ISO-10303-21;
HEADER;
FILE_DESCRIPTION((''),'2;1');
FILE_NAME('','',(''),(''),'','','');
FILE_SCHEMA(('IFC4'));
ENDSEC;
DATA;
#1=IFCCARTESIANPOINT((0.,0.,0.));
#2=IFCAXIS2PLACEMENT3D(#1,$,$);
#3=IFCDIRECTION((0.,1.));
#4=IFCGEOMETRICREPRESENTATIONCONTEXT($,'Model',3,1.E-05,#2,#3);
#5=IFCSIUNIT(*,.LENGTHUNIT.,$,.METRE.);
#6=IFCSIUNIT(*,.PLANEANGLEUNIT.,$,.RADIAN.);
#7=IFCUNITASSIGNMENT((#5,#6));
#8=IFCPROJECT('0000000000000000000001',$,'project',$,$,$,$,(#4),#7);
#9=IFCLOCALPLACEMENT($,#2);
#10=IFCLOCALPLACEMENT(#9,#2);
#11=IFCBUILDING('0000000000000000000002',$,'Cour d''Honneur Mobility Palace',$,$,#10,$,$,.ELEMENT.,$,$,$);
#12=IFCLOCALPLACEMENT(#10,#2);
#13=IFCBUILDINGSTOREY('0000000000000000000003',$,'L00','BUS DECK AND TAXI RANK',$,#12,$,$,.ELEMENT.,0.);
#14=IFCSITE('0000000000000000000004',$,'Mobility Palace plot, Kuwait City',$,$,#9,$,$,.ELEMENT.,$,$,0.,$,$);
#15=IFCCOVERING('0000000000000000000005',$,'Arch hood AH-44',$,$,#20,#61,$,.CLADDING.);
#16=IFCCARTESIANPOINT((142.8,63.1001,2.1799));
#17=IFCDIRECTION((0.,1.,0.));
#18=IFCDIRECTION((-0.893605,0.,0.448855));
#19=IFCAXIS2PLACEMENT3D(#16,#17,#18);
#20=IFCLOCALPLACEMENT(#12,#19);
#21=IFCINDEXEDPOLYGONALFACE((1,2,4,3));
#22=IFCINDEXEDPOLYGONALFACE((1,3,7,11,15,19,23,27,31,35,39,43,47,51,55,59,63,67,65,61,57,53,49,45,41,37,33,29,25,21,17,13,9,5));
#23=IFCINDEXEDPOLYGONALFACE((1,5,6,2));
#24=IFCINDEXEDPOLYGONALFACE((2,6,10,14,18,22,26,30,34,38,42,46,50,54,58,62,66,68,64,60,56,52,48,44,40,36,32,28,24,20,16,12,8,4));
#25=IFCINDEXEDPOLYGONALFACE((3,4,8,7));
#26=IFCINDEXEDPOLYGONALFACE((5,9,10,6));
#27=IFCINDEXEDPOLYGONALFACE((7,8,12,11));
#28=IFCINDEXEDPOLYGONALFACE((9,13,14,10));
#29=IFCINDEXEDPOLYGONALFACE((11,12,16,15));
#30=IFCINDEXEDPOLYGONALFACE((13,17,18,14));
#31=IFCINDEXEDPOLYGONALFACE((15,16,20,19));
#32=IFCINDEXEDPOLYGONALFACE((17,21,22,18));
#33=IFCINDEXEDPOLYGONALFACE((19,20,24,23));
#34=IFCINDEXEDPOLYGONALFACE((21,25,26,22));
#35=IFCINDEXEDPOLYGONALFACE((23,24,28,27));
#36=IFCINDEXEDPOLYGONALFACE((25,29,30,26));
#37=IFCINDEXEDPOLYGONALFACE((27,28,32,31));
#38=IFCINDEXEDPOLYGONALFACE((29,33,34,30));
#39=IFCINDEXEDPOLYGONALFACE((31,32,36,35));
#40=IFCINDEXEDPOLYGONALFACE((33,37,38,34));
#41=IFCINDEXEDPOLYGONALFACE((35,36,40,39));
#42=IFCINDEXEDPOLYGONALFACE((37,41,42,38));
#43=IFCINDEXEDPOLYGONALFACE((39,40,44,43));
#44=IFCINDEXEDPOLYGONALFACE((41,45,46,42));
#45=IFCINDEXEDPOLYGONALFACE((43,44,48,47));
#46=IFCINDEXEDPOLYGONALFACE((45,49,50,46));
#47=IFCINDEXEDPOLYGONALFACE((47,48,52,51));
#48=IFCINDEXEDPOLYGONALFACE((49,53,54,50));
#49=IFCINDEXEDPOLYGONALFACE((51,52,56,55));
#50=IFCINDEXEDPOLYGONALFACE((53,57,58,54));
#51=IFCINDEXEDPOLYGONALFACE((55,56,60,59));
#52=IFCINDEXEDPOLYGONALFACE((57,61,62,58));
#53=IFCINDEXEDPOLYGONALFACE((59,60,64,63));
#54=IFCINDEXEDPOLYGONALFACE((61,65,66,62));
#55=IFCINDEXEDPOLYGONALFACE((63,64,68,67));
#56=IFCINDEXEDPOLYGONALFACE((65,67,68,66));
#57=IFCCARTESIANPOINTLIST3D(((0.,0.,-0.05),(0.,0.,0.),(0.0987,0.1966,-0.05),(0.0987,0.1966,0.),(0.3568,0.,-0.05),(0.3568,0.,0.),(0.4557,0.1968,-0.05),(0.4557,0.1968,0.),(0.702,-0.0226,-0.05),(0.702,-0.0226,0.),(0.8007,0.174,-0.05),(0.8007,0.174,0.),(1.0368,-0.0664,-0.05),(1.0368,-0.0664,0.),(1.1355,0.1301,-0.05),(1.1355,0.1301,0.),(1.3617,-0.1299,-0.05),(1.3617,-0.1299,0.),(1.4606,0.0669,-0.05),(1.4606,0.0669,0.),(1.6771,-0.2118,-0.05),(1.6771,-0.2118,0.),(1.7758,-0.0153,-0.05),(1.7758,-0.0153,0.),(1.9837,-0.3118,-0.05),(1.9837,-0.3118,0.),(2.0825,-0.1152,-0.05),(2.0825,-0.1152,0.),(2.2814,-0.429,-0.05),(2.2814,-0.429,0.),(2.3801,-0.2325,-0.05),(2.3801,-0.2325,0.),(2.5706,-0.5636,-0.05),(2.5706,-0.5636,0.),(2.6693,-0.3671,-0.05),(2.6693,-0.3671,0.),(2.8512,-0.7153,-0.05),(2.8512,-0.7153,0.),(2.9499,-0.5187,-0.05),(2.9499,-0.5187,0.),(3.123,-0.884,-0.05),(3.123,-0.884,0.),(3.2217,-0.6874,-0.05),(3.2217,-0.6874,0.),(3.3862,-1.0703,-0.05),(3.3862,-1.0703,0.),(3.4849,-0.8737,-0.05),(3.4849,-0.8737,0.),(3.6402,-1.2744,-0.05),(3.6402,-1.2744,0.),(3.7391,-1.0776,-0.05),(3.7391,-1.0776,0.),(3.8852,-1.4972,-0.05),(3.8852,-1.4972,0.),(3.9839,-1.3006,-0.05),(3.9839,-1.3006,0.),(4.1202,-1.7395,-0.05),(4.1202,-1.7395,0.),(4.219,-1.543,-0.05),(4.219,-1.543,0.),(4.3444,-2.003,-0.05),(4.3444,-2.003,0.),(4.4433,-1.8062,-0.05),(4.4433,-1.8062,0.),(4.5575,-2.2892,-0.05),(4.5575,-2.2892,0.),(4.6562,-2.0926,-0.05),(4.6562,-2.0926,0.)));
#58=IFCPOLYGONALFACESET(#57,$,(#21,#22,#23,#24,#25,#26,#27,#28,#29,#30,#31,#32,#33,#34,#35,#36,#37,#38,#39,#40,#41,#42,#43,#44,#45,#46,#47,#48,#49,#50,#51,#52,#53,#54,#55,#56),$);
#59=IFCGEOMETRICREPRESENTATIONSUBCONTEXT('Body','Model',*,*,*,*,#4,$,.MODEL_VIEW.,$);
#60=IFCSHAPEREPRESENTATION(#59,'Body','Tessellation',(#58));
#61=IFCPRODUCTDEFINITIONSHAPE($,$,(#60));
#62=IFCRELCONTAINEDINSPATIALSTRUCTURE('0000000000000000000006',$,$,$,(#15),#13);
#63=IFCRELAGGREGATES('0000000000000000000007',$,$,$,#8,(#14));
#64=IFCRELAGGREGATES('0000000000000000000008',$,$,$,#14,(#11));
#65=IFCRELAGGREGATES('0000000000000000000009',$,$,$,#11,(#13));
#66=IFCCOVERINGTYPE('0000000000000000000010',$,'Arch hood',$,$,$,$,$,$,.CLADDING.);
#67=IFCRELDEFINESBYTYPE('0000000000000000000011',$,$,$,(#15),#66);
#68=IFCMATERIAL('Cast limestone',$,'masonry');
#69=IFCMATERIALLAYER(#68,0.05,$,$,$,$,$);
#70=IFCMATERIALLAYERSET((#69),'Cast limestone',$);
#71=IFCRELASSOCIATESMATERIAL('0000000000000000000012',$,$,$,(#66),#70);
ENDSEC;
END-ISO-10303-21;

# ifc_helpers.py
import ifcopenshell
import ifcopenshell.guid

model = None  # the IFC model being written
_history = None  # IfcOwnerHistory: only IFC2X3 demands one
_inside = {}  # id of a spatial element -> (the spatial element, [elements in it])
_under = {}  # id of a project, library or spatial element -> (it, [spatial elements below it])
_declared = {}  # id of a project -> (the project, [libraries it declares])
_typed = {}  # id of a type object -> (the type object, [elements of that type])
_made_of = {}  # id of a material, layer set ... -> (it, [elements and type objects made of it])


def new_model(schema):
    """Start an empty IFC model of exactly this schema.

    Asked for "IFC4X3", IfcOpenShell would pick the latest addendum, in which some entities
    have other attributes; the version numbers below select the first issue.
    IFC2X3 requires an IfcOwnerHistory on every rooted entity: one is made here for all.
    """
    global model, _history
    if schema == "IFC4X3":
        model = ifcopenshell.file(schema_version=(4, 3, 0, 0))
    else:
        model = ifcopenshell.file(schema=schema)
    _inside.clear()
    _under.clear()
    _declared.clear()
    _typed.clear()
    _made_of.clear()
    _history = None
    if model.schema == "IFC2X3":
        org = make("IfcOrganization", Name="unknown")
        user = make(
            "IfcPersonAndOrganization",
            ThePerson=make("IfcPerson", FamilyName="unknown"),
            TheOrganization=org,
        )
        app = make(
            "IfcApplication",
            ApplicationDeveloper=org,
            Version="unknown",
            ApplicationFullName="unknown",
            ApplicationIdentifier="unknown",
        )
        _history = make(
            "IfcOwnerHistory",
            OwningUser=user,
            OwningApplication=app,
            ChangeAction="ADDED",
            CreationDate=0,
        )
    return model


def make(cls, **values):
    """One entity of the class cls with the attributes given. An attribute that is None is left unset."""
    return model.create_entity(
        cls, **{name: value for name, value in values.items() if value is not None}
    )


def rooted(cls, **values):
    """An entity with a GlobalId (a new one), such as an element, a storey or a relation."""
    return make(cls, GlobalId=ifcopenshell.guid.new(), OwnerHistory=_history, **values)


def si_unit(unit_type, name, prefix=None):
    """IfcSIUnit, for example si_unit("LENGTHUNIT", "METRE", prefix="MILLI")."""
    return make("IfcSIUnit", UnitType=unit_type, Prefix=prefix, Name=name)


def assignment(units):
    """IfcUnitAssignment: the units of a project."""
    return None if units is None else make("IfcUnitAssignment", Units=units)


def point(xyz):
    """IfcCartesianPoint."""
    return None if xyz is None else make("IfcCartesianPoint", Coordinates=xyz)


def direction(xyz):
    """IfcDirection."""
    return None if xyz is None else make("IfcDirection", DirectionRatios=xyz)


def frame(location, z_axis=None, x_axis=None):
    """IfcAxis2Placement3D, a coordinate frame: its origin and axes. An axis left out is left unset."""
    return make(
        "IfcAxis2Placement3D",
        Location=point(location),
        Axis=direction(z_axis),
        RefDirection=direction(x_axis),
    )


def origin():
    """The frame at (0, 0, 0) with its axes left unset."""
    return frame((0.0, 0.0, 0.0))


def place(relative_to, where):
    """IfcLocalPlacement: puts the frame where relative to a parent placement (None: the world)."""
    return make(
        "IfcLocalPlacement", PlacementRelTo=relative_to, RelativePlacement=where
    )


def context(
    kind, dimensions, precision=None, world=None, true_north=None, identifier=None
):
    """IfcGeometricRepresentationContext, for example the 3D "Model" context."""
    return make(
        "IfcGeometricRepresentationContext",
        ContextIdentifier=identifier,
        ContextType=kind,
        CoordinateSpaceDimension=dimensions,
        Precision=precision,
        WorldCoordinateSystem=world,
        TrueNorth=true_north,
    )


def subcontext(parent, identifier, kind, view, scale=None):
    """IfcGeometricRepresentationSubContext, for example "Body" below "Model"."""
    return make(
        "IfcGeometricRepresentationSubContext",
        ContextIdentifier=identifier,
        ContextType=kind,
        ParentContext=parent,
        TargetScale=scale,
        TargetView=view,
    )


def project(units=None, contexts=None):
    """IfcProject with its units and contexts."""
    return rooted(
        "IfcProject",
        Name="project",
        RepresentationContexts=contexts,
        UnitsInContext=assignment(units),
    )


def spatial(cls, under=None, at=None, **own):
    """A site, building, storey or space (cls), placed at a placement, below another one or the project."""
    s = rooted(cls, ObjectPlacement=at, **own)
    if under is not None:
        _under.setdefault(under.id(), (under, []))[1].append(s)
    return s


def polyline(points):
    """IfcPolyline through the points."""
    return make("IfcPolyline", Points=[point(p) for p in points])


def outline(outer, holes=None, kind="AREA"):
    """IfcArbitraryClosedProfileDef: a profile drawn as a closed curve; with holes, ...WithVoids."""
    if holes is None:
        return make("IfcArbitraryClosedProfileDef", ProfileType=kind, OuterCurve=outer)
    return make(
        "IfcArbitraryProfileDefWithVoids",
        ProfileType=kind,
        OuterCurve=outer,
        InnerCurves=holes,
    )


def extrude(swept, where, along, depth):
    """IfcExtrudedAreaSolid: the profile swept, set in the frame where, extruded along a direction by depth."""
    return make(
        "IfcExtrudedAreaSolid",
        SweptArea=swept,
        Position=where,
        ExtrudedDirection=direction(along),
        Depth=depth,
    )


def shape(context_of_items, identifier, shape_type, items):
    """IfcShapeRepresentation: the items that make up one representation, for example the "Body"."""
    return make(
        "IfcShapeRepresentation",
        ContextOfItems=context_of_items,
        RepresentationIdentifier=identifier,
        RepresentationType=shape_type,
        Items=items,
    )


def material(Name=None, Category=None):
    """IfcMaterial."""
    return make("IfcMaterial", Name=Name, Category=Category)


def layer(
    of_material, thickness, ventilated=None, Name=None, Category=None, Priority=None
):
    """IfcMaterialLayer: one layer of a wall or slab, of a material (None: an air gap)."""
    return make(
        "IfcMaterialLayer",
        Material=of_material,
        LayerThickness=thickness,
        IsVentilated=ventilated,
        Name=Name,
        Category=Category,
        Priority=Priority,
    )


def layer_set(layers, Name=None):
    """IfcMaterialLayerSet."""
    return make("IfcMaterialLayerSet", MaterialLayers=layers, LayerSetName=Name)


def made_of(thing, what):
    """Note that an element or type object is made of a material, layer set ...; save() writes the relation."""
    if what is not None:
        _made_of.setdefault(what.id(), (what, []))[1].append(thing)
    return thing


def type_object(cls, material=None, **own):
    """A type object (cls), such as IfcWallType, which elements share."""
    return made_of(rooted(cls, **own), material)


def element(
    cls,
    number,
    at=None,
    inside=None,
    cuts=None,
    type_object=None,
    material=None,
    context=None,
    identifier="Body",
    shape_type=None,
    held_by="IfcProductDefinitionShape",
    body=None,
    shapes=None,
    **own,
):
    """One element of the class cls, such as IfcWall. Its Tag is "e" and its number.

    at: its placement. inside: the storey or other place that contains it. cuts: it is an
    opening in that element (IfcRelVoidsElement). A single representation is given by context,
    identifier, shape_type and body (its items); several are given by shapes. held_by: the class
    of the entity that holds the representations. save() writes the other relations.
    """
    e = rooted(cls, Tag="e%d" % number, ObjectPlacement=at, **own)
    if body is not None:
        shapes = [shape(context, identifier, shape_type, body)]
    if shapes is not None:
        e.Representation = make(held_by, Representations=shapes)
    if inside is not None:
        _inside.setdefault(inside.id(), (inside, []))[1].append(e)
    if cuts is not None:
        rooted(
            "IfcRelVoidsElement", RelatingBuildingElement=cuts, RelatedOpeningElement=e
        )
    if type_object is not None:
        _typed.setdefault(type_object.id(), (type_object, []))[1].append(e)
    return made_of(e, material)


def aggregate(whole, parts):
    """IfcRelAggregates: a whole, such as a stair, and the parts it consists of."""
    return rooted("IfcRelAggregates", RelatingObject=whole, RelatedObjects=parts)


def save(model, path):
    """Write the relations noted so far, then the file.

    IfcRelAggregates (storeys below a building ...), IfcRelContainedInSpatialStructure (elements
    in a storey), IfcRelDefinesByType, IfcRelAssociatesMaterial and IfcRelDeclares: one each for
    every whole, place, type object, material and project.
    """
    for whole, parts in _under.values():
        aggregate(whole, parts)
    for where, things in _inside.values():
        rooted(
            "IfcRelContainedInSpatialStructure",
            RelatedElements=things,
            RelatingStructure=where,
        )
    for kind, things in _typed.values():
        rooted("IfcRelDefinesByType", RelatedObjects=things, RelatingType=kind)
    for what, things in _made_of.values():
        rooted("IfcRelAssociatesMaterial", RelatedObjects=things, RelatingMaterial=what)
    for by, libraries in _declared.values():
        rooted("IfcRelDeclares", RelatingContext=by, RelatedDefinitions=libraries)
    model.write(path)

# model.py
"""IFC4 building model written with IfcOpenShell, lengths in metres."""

from ifc_helpers import new_model, si_unit, direction, frame, origin, place, context, subcontext, project, spatial, polyline, outline, extrude, material, layer, layer_set, type_object, element, save


model = new_model("IFC4")

# Units and contexts
model_context = context("Model", 3, precision=1e-05, world=origin(), true_north=direction((0.0, 1.0)))
body_context = subcontext(model_context, "Body", "Model", "MODEL_VIEW")
ifc_project = project(units=[si_unit("LENGTHUNIT", "METRE"), si_unit("PLANEANGLEUNIT", "RADIAN")], contexts=[model_context])

# Site, building, storey
site_placement = place(None, origin())
site = spatial("IfcSite", under=ifc_project, at=site_placement, Name="Mobility Palace plot, Kuwait City", CompositionType="ELEMENT", RefElevation=0.0)
building_placement = place(site_placement, origin())
building = spatial("IfcBuilding", under=site, at=building_placement, Name="Cour d'Honneur Mobility Palace", CompositionType="ELEMENT")
storey_placement = place(building_placement, origin())
storey = spatial("IfcBuildingStorey", under=building, at=storey_placement, Name="L00", Description="BUS DECK AND TAXI RANK", CompositionType="ELEMENT", Elevation=0.0)

# Covering
ifc_material_1 = material(Name="Cast limestone", Category="masonry")
ifc_layer_1 = layer(ifc_material_1, 0.05)
ifc_layer_set_1 = layer_set([ifc_layer_1], Name="Cast limestone")
covering_type_1 = type_object("IfcCoveringType", Name="Arch hood", PredefinedType="CLADDING", material=ifc_layer_set_1)
covering_1_placement = place(storey_placement, frame((142.8, 63.1001, 2.1799), z_axis=(0.0, 1.0, 0.0), x_axis=(-0.893605, 0.0, 0.448855)))
element("IfcCovering", 1, at=covering_1_placement, inside=storey, type_object=covering_type_1, Name="Arch hood AH-44", PredefinedType="CLADDING", context=body_context, shape_type="SweptSolid", body=[
    extrude(outline(polyline([(0.0, 0.0), (0.3568, 0.0), (0.702, -0.0226), (1.0368, -0.0664), (1.3617, -0.1299), (1.6771, -0.2118), (1.9837, -0.3118), (2.2814, -0.429), (2.5706, -0.5636), (2.8512, -0.7153), (3.123, -0.884), (3.3862, -1.0703), (3.6402, -1.2744), (3.8852, -1.4972), (4.1202, -1.7395), (4.3444, -2.003), (4.5575, -2.2892), (4.6562, -2.0926), (4.4433, -1.8062), (4.219, -1.543), (3.9839, -1.3006), (3.7391, -1.0776), (3.4849, -0.8737), (3.2217, -0.6874), (2.9499, -0.5187), (2.6693, -0.3671), (2.3801, -0.2325), (2.0825, -0.1152), (1.7758, -0.0153), (1.4606, 0.0669), (1.1355, 0.1301), (0.8007, 0.174), (0.4557, 0.1968), (0.0987, 0.1966), (0.0, 0.0)])), origin(), (0.0, 0.0, -1.0), 0.05),
])

save(model, "model.ifc")
